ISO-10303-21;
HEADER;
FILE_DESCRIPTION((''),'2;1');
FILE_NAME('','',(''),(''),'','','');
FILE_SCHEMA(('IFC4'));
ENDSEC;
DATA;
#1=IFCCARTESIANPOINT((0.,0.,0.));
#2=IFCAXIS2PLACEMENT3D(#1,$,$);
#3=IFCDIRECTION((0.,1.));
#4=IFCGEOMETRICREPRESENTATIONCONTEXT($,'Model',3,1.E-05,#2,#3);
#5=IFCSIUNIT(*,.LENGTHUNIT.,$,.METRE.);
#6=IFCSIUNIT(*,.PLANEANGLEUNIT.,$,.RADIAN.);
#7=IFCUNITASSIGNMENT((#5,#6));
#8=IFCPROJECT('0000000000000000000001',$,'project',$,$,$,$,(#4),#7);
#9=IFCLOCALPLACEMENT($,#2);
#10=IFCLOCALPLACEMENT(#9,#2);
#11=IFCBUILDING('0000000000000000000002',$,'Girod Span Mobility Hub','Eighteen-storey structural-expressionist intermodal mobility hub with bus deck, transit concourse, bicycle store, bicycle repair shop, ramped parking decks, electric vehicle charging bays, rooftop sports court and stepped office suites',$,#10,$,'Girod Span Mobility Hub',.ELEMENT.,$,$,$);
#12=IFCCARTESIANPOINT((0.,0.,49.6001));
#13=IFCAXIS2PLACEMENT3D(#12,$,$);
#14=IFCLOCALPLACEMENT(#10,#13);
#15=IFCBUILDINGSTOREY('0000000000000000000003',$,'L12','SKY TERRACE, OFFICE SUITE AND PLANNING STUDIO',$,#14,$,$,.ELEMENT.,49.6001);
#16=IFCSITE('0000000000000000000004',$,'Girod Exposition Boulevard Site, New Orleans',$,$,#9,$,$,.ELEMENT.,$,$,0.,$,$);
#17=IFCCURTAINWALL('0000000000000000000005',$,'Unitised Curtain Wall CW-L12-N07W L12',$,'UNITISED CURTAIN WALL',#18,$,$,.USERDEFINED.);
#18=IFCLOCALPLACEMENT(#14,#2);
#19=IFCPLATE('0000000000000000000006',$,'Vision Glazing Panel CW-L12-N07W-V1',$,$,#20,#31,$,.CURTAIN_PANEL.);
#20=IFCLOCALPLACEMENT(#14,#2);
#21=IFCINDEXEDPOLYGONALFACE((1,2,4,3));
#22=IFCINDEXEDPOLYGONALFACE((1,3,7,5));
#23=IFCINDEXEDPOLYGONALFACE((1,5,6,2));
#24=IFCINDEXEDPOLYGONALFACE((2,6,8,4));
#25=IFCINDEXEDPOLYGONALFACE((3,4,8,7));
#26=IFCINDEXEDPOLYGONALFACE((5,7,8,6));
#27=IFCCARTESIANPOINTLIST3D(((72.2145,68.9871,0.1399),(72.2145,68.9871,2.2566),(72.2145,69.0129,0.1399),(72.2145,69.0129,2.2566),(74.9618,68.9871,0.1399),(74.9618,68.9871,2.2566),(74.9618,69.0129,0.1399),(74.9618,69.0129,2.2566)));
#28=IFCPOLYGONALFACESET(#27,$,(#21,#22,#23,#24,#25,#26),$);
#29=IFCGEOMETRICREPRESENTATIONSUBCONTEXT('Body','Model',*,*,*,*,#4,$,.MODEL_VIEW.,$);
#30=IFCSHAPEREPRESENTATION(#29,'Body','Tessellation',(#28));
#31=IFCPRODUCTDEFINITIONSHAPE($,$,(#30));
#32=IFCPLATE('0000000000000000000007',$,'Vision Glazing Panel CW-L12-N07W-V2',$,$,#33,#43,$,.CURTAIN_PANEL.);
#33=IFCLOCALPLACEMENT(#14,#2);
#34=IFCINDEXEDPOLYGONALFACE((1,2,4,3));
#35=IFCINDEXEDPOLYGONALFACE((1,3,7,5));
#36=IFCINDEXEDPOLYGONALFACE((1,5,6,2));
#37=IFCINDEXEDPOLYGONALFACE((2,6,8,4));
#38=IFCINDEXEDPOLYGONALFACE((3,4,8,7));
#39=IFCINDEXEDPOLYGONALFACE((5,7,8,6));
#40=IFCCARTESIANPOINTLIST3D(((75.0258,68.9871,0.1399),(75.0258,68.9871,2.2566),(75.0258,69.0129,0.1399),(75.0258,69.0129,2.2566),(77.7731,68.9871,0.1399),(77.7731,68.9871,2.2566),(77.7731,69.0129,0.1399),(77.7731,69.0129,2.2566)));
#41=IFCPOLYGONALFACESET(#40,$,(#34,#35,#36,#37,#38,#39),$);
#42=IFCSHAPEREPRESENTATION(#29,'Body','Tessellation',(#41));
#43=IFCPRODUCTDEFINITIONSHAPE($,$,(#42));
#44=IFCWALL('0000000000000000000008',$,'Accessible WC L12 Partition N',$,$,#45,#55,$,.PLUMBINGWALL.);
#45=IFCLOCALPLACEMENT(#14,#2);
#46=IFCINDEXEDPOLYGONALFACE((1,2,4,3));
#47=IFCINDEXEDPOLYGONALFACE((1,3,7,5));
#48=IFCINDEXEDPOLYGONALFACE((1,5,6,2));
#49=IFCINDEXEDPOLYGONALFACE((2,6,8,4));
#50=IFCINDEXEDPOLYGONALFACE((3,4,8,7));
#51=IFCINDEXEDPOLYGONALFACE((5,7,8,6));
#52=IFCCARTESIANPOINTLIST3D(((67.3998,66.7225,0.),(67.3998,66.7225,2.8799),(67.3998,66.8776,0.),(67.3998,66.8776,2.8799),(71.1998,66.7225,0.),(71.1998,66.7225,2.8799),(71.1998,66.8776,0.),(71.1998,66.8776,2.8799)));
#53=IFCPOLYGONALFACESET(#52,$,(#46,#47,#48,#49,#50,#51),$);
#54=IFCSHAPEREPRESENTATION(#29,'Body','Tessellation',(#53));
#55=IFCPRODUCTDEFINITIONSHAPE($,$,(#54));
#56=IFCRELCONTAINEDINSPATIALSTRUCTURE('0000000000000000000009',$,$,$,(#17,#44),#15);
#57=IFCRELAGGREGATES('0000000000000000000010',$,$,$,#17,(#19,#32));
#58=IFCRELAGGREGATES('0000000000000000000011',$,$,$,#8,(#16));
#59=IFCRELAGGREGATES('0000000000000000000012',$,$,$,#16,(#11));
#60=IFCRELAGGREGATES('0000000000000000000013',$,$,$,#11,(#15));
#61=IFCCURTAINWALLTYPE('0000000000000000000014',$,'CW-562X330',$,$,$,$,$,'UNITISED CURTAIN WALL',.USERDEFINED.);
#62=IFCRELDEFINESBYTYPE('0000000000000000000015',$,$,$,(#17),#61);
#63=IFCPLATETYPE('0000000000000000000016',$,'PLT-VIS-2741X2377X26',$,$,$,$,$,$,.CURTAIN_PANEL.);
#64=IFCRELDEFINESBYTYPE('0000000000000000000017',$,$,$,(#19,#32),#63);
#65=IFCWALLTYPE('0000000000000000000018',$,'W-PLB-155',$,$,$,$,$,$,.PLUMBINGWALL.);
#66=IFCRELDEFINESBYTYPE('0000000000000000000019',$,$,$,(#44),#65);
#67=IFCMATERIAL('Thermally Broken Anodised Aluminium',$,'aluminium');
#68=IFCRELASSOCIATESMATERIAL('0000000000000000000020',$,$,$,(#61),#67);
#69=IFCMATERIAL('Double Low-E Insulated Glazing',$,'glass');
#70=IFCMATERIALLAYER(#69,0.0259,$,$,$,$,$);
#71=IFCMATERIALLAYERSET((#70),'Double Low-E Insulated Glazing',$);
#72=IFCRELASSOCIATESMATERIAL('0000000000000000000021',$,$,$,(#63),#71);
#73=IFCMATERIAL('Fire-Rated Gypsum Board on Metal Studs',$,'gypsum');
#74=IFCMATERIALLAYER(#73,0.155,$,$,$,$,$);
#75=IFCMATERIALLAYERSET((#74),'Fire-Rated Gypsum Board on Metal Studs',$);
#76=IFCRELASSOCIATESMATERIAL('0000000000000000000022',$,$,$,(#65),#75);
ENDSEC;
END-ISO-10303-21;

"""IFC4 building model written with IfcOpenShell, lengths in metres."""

from ifc_helpers import new_model, si_unit, direction, frame, frame_2d, origin, origin_2d, place, context, subcontext, project, spatial, rectangle, extrude, material, layer, layer_set, type_object, element, aggregate, save


model = new_model("IFC4")

# Units and contexts
model_context = context("Model", 3, precision=1e-05, world=origin(), true_north=direction((0.0, 1.0)))
body_context = subcontext(model_context, "Body", "Model", "MODEL_VIEW")
ifc_project = project(units=[si_unit("LENGTHUNIT", "METRE"), si_unit("PLANEANGLEUNIT", "RADIAN")], contexts=[model_context])

# Site, building, storey
site_placement = place(None, origin())
site = spatial("IfcSite", under=ifc_project, at=site_placement, Name="Girod Exposition Boulevard Site, New Orleans", CompositionType="ELEMENT", RefElevation=0.0)
building_placement = place(site_placement, origin())
building = spatial("IfcBuilding", under=site, at=building_placement, Name="Girod Span Mobility Hub", Description="Eighteen-storey structural-expressionist intermodal mobility hub with bus deck, transit concourse, bicycle store, bicycle repair shop, ramped parking decks, electric vehicle charging bays, rooftop sports court and stepped office suites", LongName="Girod Span Mobility Hub", CompositionType="ELEMENT")
storey_placement = place(building_placement, frame((0.0, 0.0, 49.6001)))
storey = spatial("IfcBuildingStorey", under=building, at=storey_placement, Name="L12", Description="SKY TERRACE, OFFICE SUITE AND PLANNING STUDIO", CompositionType="ELEMENT", Elevation=49.6001)

# Curtain wall
ifc_material_1 = material(Name="Thermally Broken Anodised Aluminium", Category="aluminium")
curtain_wall_type = type_object("IfcCurtainWallType", Name="CW-562X330", ElementType="UNITISED CURTAIN WALL", PredefinedType="USERDEFINED", material=ifc_material_1)
curtain_wall_1_placement = place(storey_placement, origin())
curtain_wall_1 = element("IfcCurtainWall", 1, at=curtain_wall_1_placement, inside=storey, type_object=curtain_wall_type, Name="Unitised Curtain Wall CW-L12-N07W L12", ObjectType="UNITISED CURTAIN WALL", PredefinedType="USERDEFINED")

# Plates
ifc_material_2 = material(Name="Double Low-E Insulated Glazing", Category="glass")
ifc_layer_1 = layer(ifc_material_2, 0.0259)
ifc_layer_set_1 = layer_set([ifc_layer_1], Name="Double Low-E Insulated Glazing")
plate_type_1 = type_object("IfcPlateType", Name="PLT-VIS-2741X2377X26", PredefinedType="CURTAIN_PANEL", material=ifc_layer_set_1)
plate_1_placement = place(storey_placement, frame((73.5881, 69.0, 0.1399), z_axis=(0.0, 0.0, 1.0), x_axis=(1.0, 0.0, 0.0)))
plate_1 = element("IfcPlate", 2, at=plate_1_placement, type_object=plate_type_1, Name="Vision Glazing Panel CW-L12-N07W-V1", PredefinedType="CURTAIN_PANEL", context=body_context, shape_type="SweptSolid", body=[
    extrude(rectangle(XDim=2.7473, YDim=0.0259, at=origin_2d()), origin(), (0.0, 0.0, 1.0), 2.1167),
])
plate_2_placement = place(storey_placement, frame((76.3994, 69.0, 0.1399), z_axis=(0.0, 0.0, 1.0), x_axis=(1.0, 0.0, 0.0)))
plate_2 = element("IfcPlate", 3, at=plate_2_placement, type_object=plate_type_1, Name="Vision Glazing Panel CW-L12-N07W-V2", PredefinedType="CURTAIN_PANEL", context=body_context, shape_type="SweptSolid", body=[
    extrude(rectangle(XDim=2.7473, YDim=0.0259, at=origin_2d()), origin(), (0.0, 0.0, 1.0), 2.1167),
])
aggregate(curtain_wall_1, [plate_1, plate_2])

# Wall
ifc_material_3 = material(Name="Fire-Rated Gypsum Board on Metal Studs", Category="gypsum")
ifc_layer_2 = layer(ifc_material_3, 0.155)
ifc_layer_set_2 = layer_set([ifc_layer_2], Name="Fire-Rated Gypsum Board on Metal Studs")
wall_type = type_object("IfcWallType", Name="W-PLB-155", PredefinedType="PLUMBINGWALL", material=ifc_layer_set_2)
wall_placement = place(storey_placement, frame((67.3999, 66.8, 0.0), z_axis=(0.0, 0.0, 1.0), x_axis=(1.0, 0.0, 0.0)))
element("IfcWall", 4, at=wall_placement, inside=storey, type_object=wall_type, Name="Accessible WC L12 Partition N", PredefinedType="PLUMBINGWALL", context=body_context, shape_type="SweptSolid", body=[
    extrude(rectangle(XDim=3.8, YDim=0.155, at=frame_2d((1.8999, 0.0))), origin(), (0.0, 0.0, 1.0), 2.8799),
])

save(model, "model.ifc")
